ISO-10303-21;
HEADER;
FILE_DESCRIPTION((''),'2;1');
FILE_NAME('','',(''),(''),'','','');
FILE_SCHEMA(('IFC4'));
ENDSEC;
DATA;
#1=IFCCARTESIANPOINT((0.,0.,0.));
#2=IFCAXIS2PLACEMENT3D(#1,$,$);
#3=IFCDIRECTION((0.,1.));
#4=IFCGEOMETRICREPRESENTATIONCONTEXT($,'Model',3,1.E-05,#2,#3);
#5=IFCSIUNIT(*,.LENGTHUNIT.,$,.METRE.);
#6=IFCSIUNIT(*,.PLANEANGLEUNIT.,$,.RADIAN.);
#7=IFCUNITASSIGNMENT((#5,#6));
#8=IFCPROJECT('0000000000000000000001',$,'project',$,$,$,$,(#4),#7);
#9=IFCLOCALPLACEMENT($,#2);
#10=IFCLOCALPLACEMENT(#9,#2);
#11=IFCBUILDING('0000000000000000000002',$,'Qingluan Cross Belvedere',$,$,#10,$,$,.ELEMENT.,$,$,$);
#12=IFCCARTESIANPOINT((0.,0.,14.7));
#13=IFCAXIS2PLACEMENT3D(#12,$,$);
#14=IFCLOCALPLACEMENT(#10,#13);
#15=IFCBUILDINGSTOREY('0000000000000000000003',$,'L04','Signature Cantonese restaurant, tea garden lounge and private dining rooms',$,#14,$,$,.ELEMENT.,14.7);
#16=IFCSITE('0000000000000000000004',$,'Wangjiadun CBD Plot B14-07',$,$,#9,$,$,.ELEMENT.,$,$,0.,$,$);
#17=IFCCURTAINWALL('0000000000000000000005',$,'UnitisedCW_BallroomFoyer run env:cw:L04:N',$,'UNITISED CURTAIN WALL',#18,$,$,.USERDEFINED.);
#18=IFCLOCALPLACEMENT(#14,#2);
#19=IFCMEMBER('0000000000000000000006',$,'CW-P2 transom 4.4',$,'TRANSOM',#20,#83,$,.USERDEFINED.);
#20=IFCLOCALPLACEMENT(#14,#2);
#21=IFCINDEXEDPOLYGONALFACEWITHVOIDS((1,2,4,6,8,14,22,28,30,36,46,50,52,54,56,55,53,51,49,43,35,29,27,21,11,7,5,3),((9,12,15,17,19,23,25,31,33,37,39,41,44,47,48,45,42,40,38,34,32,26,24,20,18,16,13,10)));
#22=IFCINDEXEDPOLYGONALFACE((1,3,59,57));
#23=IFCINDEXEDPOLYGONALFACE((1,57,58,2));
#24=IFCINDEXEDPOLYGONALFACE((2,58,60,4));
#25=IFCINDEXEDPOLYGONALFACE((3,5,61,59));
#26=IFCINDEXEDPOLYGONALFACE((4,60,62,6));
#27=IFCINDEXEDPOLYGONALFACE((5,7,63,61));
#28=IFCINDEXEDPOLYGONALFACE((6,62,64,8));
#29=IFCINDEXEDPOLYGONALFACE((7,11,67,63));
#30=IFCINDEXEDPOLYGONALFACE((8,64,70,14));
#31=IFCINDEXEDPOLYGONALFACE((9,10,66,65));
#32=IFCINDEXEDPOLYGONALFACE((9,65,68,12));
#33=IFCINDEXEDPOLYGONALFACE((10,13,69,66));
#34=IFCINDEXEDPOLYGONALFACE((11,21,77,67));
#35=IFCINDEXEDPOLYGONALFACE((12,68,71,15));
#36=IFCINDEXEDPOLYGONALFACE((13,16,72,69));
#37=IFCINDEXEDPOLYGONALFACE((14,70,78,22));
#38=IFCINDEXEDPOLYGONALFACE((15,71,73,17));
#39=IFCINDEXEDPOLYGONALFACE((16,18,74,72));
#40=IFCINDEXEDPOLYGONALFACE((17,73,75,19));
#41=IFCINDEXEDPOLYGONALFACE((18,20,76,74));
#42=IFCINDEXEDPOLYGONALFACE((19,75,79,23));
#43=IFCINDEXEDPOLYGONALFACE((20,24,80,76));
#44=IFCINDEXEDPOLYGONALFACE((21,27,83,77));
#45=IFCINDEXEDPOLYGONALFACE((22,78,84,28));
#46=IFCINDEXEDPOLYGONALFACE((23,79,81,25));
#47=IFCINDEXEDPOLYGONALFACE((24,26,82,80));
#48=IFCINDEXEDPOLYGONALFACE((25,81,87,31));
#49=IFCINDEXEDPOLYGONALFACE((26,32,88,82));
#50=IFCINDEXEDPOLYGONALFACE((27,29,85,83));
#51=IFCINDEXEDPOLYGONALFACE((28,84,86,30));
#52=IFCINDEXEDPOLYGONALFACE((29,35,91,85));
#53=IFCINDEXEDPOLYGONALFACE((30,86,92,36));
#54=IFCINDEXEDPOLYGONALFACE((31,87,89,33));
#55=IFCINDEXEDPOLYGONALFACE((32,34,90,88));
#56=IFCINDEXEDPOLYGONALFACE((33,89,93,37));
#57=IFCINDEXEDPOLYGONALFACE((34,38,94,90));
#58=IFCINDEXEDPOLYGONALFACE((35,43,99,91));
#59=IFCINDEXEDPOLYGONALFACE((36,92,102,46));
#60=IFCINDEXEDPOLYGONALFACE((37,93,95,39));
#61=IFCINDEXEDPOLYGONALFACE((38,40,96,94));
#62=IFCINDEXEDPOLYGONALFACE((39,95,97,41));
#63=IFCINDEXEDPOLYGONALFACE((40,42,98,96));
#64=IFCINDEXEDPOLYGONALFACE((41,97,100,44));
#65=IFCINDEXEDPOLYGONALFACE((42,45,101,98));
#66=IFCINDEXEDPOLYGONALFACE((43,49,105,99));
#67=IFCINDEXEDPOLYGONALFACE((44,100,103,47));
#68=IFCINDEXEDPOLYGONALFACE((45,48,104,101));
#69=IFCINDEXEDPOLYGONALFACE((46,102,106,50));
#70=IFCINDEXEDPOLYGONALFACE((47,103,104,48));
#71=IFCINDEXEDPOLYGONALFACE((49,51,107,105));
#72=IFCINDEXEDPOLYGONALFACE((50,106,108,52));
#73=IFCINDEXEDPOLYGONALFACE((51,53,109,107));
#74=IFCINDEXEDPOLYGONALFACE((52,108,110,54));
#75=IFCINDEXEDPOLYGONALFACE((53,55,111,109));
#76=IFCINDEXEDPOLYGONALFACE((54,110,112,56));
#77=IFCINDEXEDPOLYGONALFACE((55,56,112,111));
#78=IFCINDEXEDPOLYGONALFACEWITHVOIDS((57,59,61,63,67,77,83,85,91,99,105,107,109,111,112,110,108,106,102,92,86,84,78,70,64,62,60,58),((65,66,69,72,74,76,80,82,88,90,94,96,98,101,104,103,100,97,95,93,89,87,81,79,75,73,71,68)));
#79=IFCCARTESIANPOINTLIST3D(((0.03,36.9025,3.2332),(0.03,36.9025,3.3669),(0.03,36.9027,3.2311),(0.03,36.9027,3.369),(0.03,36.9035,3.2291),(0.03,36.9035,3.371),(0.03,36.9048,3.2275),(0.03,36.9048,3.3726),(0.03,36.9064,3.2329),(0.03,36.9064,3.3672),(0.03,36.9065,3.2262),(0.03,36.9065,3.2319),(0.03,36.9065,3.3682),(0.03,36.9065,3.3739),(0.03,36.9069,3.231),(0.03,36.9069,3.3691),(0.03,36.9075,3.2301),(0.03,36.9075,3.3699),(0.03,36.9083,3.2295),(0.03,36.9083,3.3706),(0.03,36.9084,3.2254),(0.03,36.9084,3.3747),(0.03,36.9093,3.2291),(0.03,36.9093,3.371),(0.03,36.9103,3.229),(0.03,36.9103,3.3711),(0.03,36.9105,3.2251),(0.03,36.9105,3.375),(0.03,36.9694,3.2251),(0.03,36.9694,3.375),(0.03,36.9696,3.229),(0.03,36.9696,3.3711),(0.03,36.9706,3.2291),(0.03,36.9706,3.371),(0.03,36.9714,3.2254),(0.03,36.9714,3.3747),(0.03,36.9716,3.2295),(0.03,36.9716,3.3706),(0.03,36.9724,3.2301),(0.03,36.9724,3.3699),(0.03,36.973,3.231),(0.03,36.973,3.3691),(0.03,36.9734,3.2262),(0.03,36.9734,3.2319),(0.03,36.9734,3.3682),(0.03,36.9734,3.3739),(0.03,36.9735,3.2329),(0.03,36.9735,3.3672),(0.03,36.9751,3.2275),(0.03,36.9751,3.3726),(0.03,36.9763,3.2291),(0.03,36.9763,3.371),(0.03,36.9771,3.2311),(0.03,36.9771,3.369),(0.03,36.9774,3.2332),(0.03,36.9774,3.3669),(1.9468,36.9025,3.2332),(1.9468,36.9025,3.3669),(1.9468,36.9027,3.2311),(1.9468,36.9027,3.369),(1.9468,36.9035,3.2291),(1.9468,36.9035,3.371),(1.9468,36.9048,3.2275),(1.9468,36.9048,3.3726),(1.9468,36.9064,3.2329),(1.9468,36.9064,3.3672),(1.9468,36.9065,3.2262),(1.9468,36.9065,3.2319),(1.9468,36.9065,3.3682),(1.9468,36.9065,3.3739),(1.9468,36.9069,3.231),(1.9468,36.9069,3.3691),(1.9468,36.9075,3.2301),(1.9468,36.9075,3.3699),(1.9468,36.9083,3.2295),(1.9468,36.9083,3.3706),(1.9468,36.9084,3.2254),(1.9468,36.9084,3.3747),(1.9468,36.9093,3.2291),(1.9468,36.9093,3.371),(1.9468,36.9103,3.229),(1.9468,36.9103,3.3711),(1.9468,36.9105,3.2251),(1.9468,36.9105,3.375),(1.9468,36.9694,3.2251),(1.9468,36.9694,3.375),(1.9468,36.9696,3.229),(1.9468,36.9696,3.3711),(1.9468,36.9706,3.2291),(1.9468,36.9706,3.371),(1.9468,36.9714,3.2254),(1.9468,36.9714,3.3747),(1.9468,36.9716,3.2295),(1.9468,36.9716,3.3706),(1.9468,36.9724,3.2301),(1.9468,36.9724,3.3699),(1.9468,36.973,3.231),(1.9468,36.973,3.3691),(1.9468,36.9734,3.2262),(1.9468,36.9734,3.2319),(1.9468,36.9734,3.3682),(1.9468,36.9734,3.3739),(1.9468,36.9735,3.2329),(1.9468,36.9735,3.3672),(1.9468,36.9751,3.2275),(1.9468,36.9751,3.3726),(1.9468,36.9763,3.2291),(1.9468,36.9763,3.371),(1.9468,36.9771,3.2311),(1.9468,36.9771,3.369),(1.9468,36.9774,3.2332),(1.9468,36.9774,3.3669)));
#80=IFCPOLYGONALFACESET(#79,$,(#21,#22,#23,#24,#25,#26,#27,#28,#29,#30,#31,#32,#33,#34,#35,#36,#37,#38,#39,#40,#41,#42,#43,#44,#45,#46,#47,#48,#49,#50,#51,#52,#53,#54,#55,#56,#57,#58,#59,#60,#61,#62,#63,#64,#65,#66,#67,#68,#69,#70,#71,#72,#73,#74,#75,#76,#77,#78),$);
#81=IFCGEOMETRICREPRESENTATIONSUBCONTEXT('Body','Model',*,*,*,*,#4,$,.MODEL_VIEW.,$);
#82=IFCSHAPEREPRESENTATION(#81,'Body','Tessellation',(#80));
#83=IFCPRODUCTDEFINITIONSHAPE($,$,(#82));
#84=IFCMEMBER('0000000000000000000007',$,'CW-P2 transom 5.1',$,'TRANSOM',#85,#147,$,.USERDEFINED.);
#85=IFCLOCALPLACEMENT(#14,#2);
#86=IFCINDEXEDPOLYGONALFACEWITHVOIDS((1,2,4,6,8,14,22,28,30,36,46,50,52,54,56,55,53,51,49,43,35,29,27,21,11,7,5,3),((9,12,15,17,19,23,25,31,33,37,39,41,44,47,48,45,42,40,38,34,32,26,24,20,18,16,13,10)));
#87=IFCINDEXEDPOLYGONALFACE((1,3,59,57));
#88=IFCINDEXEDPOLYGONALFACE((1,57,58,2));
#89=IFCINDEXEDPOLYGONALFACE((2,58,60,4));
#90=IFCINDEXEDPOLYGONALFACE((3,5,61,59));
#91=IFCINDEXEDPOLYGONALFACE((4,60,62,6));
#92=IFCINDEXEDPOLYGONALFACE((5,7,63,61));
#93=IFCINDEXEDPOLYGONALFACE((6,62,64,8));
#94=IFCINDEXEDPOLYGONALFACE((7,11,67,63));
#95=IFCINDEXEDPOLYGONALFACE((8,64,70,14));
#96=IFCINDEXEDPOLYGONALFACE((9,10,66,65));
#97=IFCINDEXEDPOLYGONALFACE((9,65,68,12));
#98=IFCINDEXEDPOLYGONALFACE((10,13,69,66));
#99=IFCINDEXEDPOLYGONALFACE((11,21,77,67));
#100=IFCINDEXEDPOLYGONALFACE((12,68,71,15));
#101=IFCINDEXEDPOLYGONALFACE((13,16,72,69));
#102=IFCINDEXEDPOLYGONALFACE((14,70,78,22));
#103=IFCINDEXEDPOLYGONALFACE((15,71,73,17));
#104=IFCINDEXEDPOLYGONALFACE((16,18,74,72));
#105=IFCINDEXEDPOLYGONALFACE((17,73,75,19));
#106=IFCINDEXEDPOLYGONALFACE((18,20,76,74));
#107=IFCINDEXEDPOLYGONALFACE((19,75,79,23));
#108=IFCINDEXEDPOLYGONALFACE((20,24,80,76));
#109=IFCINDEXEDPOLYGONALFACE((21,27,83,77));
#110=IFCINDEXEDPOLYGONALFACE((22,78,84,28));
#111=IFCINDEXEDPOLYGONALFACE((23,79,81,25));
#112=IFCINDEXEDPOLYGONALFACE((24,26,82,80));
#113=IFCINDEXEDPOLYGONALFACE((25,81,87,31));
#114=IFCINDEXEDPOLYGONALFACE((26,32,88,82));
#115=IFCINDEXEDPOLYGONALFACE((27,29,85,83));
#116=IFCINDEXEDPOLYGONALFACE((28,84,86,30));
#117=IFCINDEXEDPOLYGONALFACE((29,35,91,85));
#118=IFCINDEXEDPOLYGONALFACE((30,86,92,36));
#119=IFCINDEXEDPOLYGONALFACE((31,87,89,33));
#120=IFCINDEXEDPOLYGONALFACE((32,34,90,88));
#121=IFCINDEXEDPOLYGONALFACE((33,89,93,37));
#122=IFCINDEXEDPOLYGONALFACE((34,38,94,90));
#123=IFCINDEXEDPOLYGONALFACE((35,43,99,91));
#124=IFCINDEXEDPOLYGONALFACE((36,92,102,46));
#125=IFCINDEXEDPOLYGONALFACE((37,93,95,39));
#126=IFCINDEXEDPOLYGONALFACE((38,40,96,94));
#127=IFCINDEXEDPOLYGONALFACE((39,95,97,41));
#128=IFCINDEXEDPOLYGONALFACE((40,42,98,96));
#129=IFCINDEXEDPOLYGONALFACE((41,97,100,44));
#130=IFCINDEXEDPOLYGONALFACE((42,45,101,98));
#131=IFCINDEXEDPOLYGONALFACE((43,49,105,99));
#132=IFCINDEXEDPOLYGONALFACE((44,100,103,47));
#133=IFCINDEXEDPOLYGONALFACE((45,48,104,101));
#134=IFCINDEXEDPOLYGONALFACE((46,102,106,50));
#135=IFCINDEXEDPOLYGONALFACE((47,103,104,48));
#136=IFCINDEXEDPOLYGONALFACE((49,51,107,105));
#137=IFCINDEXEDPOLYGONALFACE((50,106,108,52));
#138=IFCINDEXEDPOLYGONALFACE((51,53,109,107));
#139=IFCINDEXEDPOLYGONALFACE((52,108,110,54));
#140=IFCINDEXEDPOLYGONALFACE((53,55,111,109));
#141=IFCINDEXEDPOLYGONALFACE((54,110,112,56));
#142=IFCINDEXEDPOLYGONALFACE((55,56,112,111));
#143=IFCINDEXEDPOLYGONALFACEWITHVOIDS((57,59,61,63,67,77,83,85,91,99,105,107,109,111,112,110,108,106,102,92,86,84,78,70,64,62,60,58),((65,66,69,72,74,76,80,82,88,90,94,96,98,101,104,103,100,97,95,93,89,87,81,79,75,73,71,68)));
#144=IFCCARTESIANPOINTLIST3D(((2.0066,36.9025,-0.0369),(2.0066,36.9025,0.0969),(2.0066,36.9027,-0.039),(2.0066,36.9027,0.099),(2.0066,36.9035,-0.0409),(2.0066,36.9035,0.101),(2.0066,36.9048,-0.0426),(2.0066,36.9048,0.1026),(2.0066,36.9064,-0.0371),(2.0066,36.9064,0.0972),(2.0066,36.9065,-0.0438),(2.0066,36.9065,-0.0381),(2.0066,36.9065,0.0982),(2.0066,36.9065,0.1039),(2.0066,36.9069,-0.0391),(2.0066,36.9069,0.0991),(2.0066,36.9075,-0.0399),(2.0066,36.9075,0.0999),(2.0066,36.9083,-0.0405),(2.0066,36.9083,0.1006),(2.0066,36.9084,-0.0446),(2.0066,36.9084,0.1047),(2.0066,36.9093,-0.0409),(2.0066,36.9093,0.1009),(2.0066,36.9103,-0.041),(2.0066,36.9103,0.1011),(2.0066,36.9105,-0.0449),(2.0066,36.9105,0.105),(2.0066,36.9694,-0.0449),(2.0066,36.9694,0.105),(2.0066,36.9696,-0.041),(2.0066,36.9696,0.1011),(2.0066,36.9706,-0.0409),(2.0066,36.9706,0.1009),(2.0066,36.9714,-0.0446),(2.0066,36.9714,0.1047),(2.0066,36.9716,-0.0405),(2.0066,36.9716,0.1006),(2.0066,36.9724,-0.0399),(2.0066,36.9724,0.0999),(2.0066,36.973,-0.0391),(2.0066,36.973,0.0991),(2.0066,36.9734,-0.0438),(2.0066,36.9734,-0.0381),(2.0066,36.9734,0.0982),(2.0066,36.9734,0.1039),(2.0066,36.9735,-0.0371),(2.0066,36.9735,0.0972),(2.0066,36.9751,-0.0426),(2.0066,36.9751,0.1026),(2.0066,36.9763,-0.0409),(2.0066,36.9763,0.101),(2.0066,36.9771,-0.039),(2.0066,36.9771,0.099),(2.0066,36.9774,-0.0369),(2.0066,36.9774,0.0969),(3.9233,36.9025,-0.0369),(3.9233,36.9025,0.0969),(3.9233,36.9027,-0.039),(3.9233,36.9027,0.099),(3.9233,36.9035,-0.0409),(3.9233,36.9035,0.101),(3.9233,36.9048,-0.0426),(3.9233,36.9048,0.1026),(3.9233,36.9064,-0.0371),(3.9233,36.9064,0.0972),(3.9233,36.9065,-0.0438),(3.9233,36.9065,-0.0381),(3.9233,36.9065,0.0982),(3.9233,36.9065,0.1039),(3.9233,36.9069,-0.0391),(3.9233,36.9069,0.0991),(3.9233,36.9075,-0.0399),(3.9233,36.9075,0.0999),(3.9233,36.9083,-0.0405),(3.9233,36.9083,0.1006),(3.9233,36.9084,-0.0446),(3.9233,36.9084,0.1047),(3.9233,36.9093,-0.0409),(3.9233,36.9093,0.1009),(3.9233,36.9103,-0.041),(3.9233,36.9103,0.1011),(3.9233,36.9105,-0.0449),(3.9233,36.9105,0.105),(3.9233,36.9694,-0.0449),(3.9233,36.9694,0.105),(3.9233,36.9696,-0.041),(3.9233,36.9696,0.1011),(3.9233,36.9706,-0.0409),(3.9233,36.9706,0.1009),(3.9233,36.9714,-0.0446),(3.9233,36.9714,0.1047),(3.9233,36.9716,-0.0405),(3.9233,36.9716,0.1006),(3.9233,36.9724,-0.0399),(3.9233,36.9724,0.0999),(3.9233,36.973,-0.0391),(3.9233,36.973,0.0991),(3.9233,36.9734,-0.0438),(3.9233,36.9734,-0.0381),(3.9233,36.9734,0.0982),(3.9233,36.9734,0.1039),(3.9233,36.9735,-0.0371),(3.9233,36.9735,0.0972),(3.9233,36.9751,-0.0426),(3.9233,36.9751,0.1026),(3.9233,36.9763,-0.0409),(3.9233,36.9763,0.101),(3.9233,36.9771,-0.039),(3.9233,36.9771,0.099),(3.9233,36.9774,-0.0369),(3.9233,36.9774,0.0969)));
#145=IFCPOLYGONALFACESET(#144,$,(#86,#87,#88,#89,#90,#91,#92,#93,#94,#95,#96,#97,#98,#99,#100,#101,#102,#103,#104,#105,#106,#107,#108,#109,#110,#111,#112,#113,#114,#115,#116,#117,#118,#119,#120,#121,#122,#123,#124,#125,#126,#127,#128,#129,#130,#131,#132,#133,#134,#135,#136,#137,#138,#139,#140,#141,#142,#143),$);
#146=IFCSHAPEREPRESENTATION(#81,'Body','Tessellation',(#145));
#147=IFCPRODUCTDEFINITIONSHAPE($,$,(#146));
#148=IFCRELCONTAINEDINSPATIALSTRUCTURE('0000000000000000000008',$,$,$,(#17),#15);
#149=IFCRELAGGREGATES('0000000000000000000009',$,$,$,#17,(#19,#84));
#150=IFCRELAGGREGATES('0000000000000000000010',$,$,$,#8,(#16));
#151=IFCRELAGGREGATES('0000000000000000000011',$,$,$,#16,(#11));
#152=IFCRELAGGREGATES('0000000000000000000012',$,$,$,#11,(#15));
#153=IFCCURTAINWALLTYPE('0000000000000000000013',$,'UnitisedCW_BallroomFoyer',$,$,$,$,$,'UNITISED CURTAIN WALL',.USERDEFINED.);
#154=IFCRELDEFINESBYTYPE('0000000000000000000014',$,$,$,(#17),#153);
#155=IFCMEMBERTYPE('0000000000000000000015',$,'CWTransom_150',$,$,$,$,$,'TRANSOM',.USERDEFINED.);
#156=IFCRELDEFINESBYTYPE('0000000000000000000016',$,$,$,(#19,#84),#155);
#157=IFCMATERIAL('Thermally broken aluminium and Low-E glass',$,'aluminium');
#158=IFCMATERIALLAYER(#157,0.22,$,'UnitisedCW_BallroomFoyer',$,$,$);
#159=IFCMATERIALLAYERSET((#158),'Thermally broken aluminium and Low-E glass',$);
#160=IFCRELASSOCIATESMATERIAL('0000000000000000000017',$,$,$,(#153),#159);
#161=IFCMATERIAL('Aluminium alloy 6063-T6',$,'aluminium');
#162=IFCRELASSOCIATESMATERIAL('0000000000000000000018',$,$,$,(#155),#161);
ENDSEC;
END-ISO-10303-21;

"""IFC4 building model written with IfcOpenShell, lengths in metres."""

from ifc_helpers import new_model, si_unit, direction, frame, origin, origin_2d, place, context, subcontext, project, spatial, hollow_rectangle, extrude, material, layer, layer_set, material_profile, profile_set, type_object, element, aggregate, save


model = new_model("IFC4")

# Units and contexts
model_context = context("Model", 3, precision=1e-05, world=origin(), true_north=direction((0.0, 1.0)))
body_context = subcontext(model_context, "Body", "Model", "MODEL_VIEW")
ifc_project = project(units=[si_unit("LENGTHUNIT", "METRE"), si_unit("PLANEANGLEUNIT", "RADIAN")], contexts=[model_context])

# Site, building, storey
site_placement = place(None, origin())
site = spatial("IfcSite", under=ifc_project, at=site_placement, Name="Wangjiadun CBD Plot B14-07", CompositionType="ELEMENT", RefElevation=0.0)
building_placement = place(site_placement, origin())
building = spatial("IfcBuilding", under=site, at=building_placement, Name="Qingluan Cross Belvedere", CompositionType="ELEMENT")
storey_placement = place(building_placement, frame((0.0, 0.0, 14.7)))
storey = spatial("IfcBuildingStorey", under=building, at=storey_placement, Name="L04", Description="Signature Cantonese restaurant, tea garden lounge and private dining rooms", CompositionType="ELEMENT", Elevation=14.7)

# Curtain wall, members
ifc_material_1 = material(Name="Thermally broken aluminium and Low-E glass", Category="aluminium")
ifc_layer_1 = layer(ifc_material_1, 0.22, Name="UnitisedCW_BallroomFoyer")
ifc_layer_set_1 = layer_set([ifc_layer_1], Name="Thermally broken aluminium and Low-E glass")
curtain_wall_type = type_object("IfcCurtainWallType", Name="UnitisedCW_BallroomFoyer", ElementType="UNITISED CURTAIN WALL", PredefinedType="USERDEFINED", material=ifc_layer_set_1)
curtain_wall_placement = place(storey_placement, origin())
curtain_wall = element("IfcCurtainWall", 1, at=curtain_wall_placement, inside=storey, type_object=curtain_wall_type, Name="UnitisedCW_BallroomFoyer run env:cw:L04:N", ObjectType="UNITISED CURTAIN WALL", PredefinedType="USERDEFINED")
ifc_material_2 = material(Name="Aluminium alloy 6063-T6", Category="aluminium")
ifc_material_profile_1 = material_profile(ifc_material_2, hollow_rectangle(XDim=0.075, YDim=0.1499, WallThickness=0.0039, InnerFilletRadius=0.0039, OuterFilletRadius=0.0081, at=origin_2d()), Name="CWT150x75x4")
ifc_profile_set_1 = profile_set([ifc_material_profile_1], Name="Aluminium alloy 6063-T6")
member_type_1 = type_object("IfcMemberType", Name="CWTransom_150", ElementType="TRANSOM", PredefinedType="USERDEFINED", material=ifc_profile_set_1)
member_1_placement = place(storey_placement, frame((0.03, 36.9399, 3.3), z_axis=(1.0, 0.0, 0.0), x_axis=(0.0, 1.0, 0.0)))
member_1 = element("IfcMember", 2, at=member_1_placement, type_object=member_type_1, Name="CW-P2 transom 4.4", ObjectType="TRANSOM", PredefinedType="USERDEFINED", context=body_context, shape_type="SweptSolid", body=[
    extrude(hollow_rectangle(XDim=0.075, YDim=0.1499, WallThickness=0.0039, InnerFilletRadius=0.0039, OuterFilletRadius=0.0081, at=origin_2d()), origin(), (0.0, 0.0, 1.0), 1.9167),
])
member_2_placement = place(storey_placement, frame((2.0066, 36.9399, 0.03), z_axis=(1.0, 0.0, 0.0), x_axis=(0.0, 1.0, 0.0)))
member_2 = element("IfcMember", 3, at=member_2_placement, type_object=member_type_1, Name="CW-P2 transom 5.1", ObjectType="TRANSOM", PredefinedType="USERDEFINED", context=body_context, shape_type="SweptSolid", body=[
    extrude(hollow_rectangle(XDim=0.075, YDim=0.1499, WallThickness=0.0039, InnerFilletRadius=0.0039, OuterFilletRadius=0.0081, at=origin_2d()), origin(), (0.0, 0.0, 1.0), 1.9167),
])

aggregate(curtain_wall, [member_1, member_2])

save(model, "model.ifc")
